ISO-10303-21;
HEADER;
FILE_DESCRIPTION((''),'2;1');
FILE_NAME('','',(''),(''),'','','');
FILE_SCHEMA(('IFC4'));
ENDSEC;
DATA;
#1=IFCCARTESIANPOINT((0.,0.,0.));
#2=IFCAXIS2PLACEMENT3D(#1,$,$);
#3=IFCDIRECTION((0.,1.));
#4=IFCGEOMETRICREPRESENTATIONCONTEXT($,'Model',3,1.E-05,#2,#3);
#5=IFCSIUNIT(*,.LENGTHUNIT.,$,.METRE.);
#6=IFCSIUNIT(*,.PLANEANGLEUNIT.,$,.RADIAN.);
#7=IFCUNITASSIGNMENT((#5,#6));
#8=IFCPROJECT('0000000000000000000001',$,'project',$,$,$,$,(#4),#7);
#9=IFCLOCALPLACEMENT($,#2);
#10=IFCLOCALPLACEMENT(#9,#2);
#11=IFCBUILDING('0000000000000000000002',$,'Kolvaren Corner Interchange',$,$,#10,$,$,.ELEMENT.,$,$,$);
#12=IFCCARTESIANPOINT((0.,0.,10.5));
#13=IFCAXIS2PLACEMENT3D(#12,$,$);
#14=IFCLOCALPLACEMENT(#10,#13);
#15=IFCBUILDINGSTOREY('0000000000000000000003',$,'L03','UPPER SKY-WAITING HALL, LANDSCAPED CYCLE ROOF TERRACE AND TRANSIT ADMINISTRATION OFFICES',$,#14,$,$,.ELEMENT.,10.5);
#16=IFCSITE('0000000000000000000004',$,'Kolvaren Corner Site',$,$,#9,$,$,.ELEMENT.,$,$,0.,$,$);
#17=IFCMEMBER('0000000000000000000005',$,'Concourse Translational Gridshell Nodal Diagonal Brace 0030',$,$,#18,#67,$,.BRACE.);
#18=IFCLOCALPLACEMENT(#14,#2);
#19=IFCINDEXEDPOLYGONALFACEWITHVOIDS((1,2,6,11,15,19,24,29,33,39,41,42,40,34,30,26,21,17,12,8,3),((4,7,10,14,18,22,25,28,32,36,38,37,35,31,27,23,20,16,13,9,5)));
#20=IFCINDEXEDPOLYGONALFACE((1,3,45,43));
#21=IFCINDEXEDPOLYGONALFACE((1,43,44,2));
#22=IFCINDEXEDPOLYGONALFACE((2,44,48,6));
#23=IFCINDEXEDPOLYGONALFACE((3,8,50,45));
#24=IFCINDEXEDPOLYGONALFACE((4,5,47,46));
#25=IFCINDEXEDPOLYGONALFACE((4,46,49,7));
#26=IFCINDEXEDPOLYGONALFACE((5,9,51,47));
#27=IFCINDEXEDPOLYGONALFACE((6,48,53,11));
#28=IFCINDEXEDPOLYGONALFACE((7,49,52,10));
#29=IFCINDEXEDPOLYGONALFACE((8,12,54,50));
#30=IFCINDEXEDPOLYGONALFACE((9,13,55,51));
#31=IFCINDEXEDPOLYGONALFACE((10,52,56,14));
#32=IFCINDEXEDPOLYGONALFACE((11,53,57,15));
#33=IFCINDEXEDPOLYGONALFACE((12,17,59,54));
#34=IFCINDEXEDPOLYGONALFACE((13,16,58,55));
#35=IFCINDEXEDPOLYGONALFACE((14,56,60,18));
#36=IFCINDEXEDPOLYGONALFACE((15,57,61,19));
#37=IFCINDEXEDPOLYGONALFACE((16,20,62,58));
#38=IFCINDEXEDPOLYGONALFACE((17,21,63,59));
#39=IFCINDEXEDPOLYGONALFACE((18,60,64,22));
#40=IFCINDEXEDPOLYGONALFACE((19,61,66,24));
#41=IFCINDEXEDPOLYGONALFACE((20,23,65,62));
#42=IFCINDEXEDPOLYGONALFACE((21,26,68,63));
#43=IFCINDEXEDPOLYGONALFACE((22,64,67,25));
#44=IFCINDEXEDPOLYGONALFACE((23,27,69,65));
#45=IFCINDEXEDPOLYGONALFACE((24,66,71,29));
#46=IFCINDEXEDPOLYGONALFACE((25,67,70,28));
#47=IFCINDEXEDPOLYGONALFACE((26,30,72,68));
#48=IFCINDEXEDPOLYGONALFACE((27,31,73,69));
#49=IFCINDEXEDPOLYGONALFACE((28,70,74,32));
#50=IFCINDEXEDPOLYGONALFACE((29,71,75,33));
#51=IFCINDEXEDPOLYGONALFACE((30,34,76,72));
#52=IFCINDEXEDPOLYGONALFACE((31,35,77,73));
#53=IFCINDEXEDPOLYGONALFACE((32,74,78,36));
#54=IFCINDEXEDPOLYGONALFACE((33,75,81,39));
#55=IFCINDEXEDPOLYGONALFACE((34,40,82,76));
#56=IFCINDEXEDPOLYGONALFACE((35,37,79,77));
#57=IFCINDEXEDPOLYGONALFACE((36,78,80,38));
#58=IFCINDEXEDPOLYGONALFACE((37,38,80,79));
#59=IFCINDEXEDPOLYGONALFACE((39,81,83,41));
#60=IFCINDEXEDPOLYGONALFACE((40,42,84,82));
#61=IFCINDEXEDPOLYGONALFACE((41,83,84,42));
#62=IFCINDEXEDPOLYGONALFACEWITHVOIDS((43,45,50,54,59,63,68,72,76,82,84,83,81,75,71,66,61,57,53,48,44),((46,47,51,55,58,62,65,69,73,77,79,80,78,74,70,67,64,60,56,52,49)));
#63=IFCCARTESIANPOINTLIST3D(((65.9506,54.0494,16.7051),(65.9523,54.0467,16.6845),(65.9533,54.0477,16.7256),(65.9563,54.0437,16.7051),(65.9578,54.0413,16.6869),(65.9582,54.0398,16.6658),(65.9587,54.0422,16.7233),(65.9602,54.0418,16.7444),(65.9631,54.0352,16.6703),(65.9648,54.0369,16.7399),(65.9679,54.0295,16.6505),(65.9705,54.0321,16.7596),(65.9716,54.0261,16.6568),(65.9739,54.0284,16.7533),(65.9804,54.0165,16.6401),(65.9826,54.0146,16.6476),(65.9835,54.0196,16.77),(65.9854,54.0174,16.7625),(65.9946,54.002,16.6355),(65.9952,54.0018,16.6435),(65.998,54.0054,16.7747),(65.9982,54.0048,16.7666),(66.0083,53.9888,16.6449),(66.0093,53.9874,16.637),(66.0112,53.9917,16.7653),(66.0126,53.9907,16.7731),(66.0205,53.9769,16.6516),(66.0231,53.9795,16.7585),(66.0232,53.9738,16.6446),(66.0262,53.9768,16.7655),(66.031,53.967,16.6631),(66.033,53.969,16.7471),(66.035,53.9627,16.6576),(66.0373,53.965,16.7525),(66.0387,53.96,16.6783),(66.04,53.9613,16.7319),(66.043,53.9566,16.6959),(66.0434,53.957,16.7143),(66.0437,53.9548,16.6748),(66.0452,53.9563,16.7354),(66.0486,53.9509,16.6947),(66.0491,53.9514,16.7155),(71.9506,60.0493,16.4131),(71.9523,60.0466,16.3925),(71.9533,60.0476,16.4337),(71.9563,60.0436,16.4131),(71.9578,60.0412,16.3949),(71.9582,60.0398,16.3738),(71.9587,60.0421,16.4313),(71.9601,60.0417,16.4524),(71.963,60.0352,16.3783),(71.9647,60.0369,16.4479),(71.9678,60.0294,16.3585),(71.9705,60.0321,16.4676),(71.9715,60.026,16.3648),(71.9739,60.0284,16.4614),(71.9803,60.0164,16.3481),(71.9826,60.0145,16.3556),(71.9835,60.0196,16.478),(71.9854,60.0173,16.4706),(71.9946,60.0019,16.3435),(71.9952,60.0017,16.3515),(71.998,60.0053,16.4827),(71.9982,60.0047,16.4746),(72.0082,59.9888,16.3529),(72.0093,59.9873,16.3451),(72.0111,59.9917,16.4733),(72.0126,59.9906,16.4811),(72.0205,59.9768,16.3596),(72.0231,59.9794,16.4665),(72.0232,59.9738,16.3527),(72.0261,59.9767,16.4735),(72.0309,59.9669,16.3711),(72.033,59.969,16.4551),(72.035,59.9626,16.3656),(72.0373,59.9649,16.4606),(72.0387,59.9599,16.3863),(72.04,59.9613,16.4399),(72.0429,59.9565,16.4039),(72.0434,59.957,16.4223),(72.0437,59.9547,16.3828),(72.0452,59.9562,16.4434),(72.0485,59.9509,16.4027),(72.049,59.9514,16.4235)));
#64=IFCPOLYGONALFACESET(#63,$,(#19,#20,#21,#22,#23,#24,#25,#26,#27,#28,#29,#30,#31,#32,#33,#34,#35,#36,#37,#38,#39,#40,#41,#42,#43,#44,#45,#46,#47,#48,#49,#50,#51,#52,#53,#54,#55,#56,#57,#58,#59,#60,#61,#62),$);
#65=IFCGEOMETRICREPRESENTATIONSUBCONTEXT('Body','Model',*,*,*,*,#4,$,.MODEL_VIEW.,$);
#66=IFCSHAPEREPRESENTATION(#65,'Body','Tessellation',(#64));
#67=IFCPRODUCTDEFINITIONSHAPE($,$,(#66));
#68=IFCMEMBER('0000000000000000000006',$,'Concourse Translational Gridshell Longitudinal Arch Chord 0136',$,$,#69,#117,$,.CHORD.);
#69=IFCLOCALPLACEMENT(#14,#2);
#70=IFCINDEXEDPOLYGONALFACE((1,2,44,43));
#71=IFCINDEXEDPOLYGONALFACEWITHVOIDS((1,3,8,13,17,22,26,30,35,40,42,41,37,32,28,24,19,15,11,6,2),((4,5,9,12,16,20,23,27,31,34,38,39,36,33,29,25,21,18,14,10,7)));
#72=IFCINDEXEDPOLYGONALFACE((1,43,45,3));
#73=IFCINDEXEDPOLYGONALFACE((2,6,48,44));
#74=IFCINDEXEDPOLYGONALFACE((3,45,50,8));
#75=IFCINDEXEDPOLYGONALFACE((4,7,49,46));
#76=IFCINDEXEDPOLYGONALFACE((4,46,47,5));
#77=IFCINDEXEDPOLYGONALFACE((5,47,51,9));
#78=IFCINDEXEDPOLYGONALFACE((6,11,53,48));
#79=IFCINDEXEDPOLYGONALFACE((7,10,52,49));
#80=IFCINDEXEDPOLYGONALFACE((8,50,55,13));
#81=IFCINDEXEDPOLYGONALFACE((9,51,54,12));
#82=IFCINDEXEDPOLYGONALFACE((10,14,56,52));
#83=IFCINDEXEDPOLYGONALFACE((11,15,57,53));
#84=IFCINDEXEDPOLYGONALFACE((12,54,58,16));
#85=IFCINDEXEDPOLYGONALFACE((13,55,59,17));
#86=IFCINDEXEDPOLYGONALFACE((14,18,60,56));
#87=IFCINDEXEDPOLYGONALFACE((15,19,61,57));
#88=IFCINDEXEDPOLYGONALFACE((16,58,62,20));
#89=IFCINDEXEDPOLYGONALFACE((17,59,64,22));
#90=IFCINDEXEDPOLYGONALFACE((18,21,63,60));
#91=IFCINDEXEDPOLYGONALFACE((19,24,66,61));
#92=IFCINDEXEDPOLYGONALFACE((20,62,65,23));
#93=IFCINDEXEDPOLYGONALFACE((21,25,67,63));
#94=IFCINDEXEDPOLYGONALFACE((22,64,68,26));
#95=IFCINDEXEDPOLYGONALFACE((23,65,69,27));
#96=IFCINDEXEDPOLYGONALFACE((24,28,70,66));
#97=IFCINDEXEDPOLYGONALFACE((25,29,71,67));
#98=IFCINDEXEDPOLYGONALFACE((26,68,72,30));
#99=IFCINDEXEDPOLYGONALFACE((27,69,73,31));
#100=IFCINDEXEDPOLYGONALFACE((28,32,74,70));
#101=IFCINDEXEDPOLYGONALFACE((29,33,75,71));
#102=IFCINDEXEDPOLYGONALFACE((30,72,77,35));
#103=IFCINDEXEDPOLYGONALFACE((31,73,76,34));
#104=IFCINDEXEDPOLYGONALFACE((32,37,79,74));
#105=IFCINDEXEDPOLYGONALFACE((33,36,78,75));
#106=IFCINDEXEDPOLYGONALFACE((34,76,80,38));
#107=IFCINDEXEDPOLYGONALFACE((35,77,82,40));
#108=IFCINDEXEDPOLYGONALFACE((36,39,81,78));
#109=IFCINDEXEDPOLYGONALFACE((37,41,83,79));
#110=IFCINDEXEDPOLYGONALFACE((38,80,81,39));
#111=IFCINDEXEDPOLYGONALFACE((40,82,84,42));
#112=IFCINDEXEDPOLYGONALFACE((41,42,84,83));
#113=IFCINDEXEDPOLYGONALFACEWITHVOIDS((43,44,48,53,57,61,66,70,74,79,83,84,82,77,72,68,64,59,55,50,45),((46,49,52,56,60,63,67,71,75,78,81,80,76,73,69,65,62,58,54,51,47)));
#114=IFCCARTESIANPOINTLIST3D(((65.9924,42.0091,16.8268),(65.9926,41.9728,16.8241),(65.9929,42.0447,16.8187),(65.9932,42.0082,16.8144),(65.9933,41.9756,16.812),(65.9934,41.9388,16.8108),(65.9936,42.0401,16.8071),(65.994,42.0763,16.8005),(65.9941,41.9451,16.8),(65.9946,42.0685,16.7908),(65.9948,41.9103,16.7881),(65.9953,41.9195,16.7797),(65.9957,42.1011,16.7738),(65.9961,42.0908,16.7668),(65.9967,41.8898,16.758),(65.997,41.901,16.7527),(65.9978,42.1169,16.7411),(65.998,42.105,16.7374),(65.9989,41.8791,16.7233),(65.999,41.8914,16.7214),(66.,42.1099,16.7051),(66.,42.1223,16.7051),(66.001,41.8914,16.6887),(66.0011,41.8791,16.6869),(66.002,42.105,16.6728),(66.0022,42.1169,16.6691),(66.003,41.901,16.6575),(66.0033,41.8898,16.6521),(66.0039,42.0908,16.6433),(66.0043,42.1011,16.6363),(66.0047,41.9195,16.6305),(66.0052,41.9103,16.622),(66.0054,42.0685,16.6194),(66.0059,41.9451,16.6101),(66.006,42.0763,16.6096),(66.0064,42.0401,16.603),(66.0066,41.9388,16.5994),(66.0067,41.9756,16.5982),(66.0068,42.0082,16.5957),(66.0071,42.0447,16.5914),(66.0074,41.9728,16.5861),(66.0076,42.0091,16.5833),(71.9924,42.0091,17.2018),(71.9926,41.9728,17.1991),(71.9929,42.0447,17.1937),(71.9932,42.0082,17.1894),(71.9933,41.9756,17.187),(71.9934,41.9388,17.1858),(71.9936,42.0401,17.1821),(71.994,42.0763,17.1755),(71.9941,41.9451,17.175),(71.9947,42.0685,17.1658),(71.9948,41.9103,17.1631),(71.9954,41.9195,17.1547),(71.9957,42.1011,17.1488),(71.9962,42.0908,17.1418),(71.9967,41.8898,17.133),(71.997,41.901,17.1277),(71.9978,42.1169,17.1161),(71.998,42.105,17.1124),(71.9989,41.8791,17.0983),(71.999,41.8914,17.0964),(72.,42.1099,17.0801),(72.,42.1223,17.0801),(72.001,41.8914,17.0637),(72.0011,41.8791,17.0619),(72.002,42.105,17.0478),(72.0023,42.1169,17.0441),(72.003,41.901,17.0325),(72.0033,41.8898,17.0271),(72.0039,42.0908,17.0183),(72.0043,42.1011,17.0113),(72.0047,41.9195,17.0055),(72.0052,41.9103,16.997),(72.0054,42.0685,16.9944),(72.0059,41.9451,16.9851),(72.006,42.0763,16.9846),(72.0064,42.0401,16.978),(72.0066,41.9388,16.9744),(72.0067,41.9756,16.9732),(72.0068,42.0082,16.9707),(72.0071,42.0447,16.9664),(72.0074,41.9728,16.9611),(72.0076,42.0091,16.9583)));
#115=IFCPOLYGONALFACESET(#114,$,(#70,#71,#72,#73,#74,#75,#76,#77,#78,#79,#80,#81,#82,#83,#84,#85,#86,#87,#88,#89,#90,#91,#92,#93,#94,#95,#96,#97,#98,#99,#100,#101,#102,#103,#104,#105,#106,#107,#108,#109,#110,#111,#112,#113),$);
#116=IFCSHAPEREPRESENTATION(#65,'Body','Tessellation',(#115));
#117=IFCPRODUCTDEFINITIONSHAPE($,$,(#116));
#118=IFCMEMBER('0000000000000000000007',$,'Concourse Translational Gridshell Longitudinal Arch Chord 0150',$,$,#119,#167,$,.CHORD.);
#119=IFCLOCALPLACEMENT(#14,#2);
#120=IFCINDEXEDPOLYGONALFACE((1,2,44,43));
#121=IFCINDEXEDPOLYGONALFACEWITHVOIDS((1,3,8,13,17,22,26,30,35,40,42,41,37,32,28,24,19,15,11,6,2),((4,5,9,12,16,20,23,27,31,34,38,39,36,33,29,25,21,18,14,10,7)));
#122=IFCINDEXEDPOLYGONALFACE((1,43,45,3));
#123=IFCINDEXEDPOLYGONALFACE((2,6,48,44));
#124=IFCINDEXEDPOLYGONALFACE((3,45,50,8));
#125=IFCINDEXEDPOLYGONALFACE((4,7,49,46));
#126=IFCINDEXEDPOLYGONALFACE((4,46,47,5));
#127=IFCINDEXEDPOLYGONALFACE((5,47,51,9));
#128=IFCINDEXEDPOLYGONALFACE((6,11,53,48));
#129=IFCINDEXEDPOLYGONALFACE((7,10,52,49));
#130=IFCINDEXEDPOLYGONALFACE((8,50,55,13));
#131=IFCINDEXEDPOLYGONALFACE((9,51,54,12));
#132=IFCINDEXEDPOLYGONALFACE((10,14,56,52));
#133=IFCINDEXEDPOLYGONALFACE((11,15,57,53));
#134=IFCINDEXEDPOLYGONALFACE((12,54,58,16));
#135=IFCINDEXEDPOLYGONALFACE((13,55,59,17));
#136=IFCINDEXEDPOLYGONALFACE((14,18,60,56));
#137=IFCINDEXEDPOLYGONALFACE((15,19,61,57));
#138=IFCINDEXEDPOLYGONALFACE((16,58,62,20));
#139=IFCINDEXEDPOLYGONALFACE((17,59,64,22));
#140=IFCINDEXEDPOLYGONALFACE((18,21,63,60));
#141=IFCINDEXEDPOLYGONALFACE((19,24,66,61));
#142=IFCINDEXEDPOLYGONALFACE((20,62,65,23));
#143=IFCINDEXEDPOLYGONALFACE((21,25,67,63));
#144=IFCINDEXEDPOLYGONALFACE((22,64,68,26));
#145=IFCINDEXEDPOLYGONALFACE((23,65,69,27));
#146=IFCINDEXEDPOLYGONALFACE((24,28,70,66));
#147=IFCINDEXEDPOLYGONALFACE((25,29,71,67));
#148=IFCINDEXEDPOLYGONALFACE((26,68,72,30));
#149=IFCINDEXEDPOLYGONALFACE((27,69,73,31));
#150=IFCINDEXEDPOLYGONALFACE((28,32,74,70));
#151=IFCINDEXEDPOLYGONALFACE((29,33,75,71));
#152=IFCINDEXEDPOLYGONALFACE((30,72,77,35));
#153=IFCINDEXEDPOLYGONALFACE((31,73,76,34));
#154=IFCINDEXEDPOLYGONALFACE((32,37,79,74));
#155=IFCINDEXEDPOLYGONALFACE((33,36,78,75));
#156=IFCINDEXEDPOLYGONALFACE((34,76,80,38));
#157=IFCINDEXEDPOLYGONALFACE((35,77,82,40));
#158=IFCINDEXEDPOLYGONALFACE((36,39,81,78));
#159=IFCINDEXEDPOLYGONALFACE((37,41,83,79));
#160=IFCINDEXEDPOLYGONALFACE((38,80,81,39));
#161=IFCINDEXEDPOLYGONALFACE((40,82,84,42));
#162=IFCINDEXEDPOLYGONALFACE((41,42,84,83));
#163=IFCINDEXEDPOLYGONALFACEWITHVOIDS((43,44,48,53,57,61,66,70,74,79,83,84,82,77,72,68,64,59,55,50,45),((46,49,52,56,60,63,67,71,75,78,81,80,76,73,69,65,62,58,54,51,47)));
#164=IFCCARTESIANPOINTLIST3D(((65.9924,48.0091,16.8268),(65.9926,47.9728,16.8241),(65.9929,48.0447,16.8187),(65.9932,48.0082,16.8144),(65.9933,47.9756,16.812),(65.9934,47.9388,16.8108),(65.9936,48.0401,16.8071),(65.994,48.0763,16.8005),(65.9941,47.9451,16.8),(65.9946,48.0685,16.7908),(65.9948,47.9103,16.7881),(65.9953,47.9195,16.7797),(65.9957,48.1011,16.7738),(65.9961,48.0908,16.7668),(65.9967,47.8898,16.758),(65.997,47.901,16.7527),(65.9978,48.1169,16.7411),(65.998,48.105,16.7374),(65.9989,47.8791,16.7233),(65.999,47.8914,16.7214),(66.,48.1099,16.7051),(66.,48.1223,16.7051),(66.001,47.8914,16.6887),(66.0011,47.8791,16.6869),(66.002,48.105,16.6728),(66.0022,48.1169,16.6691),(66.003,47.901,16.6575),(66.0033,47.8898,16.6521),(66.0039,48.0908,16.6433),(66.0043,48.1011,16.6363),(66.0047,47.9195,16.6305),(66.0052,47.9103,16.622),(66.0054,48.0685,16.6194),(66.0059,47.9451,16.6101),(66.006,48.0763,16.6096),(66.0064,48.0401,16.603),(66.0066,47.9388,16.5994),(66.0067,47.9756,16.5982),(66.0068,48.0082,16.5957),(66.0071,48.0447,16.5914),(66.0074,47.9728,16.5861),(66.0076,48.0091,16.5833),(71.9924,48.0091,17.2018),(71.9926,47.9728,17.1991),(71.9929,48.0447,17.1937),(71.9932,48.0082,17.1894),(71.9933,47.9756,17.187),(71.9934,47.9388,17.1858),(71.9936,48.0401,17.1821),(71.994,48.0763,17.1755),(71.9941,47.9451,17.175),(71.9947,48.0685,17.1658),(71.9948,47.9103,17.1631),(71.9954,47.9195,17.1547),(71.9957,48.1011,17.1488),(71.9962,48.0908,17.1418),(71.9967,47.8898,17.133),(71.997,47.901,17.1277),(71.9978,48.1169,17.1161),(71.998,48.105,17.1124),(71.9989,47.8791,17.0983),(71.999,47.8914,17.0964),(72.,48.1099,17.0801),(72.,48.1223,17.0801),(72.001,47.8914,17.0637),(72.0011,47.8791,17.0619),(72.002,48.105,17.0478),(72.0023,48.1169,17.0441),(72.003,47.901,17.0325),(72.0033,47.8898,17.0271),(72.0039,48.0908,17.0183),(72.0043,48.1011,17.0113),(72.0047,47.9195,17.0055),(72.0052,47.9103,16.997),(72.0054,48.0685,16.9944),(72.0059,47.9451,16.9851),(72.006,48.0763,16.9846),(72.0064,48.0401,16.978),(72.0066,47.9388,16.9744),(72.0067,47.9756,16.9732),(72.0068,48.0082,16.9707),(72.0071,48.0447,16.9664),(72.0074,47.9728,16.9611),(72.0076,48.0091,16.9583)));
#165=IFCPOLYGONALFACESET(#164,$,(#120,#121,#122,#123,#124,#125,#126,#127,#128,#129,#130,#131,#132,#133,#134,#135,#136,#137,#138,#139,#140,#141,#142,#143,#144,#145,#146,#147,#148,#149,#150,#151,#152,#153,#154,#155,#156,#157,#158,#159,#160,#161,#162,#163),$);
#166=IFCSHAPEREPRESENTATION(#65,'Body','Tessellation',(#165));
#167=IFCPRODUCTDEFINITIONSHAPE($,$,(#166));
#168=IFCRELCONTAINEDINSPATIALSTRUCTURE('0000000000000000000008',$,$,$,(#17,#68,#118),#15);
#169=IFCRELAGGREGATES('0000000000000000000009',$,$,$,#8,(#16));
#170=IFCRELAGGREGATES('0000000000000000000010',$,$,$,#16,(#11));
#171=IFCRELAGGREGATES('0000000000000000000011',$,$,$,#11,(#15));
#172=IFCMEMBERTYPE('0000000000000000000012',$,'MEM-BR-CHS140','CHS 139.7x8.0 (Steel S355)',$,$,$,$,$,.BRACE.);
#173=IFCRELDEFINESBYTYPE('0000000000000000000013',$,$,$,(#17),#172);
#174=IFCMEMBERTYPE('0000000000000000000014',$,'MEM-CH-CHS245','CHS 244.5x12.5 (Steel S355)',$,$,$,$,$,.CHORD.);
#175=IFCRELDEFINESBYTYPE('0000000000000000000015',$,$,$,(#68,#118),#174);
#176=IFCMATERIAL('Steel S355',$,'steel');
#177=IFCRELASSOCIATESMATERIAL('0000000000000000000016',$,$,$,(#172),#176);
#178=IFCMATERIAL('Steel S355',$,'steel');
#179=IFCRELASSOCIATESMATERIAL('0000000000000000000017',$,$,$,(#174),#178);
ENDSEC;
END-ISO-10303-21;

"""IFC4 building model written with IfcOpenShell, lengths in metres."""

from ifc_helpers import new_model, si_unit, direction, frame, origin, origin_2d, place, context, subcontext, project, spatial, hollow_circle, extrude, material, material_profile, profile_set, type_object, element, save


model = new_model("IFC4")

# Units and contexts
model_context = context("Model", 3, precision=1e-05, world=origin(), true_north=direction((0.0, 1.0)))
body_context = subcontext(model_context, "Body", "Model", "MODEL_VIEW")
ifc_project = project(units=[si_unit("LENGTHUNIT", "METRE"), si_unit("PLANEANGLEUNIT", "RADIAN")], contexts=[model_context])

# Site, building, storey
site_placement = place(None, origin())
site = spatial("IfcSite", under=ifc_project, at=site_placement, Name="Kolvaren Corner Site", CompositionType="ELEMENT", RefElevation=0.0)
building_placement = place(site_placement, origin())
building = spatial("IfcBuilding", under=site, at=building_placement, Name="Kolvaren Corner Interchange", CompositionType="ELEMENT")
storey_placement = place(building_placement, frame((0.0, 0.0, 10.5)))
storey = spatial("IfcBuildingStorey", under=building, at=storey_placement, Name="L03", Description="UPPER SKY-WAITING HALL, LANDSCAPED CYCLE ROOF TERRACE AND TRANSIT ADMINISTRATION OFFICES", CompositionType="ELEMENT", Elevation=10.5)

# Members
ifc_material_1 = material(Name="Steel S355", Category="steel")
ifc_material_profile_1 = material_profile(ifc_material_1, hollow_circle(Radius=0.0698, WallThickness=0.0081, at=origin_2d()), Name="CHS 139.7x8.0")
ifc_profile_set_1 = profile_set([ifc_material_profile_1], Name="Steel S355")
member_type_1 = type_object("IfcMemberType", Name="MEM-BR-CHS140", Description="CHS 139.7x8.0 (Steel S355)", PredefinedType="BRACE", material=ifc_profile_set_1)
member_1_placement = place(storey_placement, frame((66.0, 54.0, 16.7051), z_axis=(0.706688, 0.706688, -0.034391), x_axis=(-0.707107, 0.707107, 0.0)))
element("IfcMember", 1, at=member_1_placement, inside=storey, type_object=member_type_1, Name="Concourse Translational Gridshell Nodal Diagonal Brace 0030", PredefinedType="BRACE", context=body_context, shape_type="SweptSolid", body=[
    extrude(hollow_circle(Radius=0.0698, WallThickness=0.0081, at=origin_2d()), origin(), (0.0, 0.0, 1.0), 8.4902),
])
ifc_material_2 = material(Name="Steel S355", Category="steel")
ifc_material_profile_2 = material_profile(ifc_material_2, hollow_circle(Radius=0.1223, WallThickness=0.0125, at=origin_2d()), Name="CHS 244.5x12.5")
ifc_profile_set_2 = profile_set([ifc_material_profile_2], Name="Steel S355")
member_type_2 = type_object("IfcMemberType", Name="MEM-CH-CHS245", Description="CHS 244.5x12.5 (Steel S355)", PredefinedType="CHORD", material=ifc_profile_set_2)
for number, where, z_axis, x_axis, name in (
    (2, (66.0, 42.0, 16.7051), (0.998053, 0.0, 0.062378), (0.0, 1.0, 0.0), "Concourse Translational Gridshell Longitudinal Arch Chord 0136"),
    (3, (66.0, 48.0, 16.7051), (0.998053, 0.0, 0.062378), (0.0, 1.0, 0.0), "Concourse Translational Gridshell Longitudinal Arch Chord 0150"),
):
    element("IfcMember", number, at=place(storey_placement, frame(where, z_axis=z_axis, x_axis=x_axis)), inside=storey, type_object=member_type_2, Name=name, PredefinedType="CHORD", context=body_context, shape_type="SweptSolid", body=[
        extrude(hollow_circle(Radius=0.1223, WallThickness=0.0125, at=origin_2d()), origin(), (0.0, 0.0, 1.0), 6.0117),
    ])

save(model, "model.ifc")
